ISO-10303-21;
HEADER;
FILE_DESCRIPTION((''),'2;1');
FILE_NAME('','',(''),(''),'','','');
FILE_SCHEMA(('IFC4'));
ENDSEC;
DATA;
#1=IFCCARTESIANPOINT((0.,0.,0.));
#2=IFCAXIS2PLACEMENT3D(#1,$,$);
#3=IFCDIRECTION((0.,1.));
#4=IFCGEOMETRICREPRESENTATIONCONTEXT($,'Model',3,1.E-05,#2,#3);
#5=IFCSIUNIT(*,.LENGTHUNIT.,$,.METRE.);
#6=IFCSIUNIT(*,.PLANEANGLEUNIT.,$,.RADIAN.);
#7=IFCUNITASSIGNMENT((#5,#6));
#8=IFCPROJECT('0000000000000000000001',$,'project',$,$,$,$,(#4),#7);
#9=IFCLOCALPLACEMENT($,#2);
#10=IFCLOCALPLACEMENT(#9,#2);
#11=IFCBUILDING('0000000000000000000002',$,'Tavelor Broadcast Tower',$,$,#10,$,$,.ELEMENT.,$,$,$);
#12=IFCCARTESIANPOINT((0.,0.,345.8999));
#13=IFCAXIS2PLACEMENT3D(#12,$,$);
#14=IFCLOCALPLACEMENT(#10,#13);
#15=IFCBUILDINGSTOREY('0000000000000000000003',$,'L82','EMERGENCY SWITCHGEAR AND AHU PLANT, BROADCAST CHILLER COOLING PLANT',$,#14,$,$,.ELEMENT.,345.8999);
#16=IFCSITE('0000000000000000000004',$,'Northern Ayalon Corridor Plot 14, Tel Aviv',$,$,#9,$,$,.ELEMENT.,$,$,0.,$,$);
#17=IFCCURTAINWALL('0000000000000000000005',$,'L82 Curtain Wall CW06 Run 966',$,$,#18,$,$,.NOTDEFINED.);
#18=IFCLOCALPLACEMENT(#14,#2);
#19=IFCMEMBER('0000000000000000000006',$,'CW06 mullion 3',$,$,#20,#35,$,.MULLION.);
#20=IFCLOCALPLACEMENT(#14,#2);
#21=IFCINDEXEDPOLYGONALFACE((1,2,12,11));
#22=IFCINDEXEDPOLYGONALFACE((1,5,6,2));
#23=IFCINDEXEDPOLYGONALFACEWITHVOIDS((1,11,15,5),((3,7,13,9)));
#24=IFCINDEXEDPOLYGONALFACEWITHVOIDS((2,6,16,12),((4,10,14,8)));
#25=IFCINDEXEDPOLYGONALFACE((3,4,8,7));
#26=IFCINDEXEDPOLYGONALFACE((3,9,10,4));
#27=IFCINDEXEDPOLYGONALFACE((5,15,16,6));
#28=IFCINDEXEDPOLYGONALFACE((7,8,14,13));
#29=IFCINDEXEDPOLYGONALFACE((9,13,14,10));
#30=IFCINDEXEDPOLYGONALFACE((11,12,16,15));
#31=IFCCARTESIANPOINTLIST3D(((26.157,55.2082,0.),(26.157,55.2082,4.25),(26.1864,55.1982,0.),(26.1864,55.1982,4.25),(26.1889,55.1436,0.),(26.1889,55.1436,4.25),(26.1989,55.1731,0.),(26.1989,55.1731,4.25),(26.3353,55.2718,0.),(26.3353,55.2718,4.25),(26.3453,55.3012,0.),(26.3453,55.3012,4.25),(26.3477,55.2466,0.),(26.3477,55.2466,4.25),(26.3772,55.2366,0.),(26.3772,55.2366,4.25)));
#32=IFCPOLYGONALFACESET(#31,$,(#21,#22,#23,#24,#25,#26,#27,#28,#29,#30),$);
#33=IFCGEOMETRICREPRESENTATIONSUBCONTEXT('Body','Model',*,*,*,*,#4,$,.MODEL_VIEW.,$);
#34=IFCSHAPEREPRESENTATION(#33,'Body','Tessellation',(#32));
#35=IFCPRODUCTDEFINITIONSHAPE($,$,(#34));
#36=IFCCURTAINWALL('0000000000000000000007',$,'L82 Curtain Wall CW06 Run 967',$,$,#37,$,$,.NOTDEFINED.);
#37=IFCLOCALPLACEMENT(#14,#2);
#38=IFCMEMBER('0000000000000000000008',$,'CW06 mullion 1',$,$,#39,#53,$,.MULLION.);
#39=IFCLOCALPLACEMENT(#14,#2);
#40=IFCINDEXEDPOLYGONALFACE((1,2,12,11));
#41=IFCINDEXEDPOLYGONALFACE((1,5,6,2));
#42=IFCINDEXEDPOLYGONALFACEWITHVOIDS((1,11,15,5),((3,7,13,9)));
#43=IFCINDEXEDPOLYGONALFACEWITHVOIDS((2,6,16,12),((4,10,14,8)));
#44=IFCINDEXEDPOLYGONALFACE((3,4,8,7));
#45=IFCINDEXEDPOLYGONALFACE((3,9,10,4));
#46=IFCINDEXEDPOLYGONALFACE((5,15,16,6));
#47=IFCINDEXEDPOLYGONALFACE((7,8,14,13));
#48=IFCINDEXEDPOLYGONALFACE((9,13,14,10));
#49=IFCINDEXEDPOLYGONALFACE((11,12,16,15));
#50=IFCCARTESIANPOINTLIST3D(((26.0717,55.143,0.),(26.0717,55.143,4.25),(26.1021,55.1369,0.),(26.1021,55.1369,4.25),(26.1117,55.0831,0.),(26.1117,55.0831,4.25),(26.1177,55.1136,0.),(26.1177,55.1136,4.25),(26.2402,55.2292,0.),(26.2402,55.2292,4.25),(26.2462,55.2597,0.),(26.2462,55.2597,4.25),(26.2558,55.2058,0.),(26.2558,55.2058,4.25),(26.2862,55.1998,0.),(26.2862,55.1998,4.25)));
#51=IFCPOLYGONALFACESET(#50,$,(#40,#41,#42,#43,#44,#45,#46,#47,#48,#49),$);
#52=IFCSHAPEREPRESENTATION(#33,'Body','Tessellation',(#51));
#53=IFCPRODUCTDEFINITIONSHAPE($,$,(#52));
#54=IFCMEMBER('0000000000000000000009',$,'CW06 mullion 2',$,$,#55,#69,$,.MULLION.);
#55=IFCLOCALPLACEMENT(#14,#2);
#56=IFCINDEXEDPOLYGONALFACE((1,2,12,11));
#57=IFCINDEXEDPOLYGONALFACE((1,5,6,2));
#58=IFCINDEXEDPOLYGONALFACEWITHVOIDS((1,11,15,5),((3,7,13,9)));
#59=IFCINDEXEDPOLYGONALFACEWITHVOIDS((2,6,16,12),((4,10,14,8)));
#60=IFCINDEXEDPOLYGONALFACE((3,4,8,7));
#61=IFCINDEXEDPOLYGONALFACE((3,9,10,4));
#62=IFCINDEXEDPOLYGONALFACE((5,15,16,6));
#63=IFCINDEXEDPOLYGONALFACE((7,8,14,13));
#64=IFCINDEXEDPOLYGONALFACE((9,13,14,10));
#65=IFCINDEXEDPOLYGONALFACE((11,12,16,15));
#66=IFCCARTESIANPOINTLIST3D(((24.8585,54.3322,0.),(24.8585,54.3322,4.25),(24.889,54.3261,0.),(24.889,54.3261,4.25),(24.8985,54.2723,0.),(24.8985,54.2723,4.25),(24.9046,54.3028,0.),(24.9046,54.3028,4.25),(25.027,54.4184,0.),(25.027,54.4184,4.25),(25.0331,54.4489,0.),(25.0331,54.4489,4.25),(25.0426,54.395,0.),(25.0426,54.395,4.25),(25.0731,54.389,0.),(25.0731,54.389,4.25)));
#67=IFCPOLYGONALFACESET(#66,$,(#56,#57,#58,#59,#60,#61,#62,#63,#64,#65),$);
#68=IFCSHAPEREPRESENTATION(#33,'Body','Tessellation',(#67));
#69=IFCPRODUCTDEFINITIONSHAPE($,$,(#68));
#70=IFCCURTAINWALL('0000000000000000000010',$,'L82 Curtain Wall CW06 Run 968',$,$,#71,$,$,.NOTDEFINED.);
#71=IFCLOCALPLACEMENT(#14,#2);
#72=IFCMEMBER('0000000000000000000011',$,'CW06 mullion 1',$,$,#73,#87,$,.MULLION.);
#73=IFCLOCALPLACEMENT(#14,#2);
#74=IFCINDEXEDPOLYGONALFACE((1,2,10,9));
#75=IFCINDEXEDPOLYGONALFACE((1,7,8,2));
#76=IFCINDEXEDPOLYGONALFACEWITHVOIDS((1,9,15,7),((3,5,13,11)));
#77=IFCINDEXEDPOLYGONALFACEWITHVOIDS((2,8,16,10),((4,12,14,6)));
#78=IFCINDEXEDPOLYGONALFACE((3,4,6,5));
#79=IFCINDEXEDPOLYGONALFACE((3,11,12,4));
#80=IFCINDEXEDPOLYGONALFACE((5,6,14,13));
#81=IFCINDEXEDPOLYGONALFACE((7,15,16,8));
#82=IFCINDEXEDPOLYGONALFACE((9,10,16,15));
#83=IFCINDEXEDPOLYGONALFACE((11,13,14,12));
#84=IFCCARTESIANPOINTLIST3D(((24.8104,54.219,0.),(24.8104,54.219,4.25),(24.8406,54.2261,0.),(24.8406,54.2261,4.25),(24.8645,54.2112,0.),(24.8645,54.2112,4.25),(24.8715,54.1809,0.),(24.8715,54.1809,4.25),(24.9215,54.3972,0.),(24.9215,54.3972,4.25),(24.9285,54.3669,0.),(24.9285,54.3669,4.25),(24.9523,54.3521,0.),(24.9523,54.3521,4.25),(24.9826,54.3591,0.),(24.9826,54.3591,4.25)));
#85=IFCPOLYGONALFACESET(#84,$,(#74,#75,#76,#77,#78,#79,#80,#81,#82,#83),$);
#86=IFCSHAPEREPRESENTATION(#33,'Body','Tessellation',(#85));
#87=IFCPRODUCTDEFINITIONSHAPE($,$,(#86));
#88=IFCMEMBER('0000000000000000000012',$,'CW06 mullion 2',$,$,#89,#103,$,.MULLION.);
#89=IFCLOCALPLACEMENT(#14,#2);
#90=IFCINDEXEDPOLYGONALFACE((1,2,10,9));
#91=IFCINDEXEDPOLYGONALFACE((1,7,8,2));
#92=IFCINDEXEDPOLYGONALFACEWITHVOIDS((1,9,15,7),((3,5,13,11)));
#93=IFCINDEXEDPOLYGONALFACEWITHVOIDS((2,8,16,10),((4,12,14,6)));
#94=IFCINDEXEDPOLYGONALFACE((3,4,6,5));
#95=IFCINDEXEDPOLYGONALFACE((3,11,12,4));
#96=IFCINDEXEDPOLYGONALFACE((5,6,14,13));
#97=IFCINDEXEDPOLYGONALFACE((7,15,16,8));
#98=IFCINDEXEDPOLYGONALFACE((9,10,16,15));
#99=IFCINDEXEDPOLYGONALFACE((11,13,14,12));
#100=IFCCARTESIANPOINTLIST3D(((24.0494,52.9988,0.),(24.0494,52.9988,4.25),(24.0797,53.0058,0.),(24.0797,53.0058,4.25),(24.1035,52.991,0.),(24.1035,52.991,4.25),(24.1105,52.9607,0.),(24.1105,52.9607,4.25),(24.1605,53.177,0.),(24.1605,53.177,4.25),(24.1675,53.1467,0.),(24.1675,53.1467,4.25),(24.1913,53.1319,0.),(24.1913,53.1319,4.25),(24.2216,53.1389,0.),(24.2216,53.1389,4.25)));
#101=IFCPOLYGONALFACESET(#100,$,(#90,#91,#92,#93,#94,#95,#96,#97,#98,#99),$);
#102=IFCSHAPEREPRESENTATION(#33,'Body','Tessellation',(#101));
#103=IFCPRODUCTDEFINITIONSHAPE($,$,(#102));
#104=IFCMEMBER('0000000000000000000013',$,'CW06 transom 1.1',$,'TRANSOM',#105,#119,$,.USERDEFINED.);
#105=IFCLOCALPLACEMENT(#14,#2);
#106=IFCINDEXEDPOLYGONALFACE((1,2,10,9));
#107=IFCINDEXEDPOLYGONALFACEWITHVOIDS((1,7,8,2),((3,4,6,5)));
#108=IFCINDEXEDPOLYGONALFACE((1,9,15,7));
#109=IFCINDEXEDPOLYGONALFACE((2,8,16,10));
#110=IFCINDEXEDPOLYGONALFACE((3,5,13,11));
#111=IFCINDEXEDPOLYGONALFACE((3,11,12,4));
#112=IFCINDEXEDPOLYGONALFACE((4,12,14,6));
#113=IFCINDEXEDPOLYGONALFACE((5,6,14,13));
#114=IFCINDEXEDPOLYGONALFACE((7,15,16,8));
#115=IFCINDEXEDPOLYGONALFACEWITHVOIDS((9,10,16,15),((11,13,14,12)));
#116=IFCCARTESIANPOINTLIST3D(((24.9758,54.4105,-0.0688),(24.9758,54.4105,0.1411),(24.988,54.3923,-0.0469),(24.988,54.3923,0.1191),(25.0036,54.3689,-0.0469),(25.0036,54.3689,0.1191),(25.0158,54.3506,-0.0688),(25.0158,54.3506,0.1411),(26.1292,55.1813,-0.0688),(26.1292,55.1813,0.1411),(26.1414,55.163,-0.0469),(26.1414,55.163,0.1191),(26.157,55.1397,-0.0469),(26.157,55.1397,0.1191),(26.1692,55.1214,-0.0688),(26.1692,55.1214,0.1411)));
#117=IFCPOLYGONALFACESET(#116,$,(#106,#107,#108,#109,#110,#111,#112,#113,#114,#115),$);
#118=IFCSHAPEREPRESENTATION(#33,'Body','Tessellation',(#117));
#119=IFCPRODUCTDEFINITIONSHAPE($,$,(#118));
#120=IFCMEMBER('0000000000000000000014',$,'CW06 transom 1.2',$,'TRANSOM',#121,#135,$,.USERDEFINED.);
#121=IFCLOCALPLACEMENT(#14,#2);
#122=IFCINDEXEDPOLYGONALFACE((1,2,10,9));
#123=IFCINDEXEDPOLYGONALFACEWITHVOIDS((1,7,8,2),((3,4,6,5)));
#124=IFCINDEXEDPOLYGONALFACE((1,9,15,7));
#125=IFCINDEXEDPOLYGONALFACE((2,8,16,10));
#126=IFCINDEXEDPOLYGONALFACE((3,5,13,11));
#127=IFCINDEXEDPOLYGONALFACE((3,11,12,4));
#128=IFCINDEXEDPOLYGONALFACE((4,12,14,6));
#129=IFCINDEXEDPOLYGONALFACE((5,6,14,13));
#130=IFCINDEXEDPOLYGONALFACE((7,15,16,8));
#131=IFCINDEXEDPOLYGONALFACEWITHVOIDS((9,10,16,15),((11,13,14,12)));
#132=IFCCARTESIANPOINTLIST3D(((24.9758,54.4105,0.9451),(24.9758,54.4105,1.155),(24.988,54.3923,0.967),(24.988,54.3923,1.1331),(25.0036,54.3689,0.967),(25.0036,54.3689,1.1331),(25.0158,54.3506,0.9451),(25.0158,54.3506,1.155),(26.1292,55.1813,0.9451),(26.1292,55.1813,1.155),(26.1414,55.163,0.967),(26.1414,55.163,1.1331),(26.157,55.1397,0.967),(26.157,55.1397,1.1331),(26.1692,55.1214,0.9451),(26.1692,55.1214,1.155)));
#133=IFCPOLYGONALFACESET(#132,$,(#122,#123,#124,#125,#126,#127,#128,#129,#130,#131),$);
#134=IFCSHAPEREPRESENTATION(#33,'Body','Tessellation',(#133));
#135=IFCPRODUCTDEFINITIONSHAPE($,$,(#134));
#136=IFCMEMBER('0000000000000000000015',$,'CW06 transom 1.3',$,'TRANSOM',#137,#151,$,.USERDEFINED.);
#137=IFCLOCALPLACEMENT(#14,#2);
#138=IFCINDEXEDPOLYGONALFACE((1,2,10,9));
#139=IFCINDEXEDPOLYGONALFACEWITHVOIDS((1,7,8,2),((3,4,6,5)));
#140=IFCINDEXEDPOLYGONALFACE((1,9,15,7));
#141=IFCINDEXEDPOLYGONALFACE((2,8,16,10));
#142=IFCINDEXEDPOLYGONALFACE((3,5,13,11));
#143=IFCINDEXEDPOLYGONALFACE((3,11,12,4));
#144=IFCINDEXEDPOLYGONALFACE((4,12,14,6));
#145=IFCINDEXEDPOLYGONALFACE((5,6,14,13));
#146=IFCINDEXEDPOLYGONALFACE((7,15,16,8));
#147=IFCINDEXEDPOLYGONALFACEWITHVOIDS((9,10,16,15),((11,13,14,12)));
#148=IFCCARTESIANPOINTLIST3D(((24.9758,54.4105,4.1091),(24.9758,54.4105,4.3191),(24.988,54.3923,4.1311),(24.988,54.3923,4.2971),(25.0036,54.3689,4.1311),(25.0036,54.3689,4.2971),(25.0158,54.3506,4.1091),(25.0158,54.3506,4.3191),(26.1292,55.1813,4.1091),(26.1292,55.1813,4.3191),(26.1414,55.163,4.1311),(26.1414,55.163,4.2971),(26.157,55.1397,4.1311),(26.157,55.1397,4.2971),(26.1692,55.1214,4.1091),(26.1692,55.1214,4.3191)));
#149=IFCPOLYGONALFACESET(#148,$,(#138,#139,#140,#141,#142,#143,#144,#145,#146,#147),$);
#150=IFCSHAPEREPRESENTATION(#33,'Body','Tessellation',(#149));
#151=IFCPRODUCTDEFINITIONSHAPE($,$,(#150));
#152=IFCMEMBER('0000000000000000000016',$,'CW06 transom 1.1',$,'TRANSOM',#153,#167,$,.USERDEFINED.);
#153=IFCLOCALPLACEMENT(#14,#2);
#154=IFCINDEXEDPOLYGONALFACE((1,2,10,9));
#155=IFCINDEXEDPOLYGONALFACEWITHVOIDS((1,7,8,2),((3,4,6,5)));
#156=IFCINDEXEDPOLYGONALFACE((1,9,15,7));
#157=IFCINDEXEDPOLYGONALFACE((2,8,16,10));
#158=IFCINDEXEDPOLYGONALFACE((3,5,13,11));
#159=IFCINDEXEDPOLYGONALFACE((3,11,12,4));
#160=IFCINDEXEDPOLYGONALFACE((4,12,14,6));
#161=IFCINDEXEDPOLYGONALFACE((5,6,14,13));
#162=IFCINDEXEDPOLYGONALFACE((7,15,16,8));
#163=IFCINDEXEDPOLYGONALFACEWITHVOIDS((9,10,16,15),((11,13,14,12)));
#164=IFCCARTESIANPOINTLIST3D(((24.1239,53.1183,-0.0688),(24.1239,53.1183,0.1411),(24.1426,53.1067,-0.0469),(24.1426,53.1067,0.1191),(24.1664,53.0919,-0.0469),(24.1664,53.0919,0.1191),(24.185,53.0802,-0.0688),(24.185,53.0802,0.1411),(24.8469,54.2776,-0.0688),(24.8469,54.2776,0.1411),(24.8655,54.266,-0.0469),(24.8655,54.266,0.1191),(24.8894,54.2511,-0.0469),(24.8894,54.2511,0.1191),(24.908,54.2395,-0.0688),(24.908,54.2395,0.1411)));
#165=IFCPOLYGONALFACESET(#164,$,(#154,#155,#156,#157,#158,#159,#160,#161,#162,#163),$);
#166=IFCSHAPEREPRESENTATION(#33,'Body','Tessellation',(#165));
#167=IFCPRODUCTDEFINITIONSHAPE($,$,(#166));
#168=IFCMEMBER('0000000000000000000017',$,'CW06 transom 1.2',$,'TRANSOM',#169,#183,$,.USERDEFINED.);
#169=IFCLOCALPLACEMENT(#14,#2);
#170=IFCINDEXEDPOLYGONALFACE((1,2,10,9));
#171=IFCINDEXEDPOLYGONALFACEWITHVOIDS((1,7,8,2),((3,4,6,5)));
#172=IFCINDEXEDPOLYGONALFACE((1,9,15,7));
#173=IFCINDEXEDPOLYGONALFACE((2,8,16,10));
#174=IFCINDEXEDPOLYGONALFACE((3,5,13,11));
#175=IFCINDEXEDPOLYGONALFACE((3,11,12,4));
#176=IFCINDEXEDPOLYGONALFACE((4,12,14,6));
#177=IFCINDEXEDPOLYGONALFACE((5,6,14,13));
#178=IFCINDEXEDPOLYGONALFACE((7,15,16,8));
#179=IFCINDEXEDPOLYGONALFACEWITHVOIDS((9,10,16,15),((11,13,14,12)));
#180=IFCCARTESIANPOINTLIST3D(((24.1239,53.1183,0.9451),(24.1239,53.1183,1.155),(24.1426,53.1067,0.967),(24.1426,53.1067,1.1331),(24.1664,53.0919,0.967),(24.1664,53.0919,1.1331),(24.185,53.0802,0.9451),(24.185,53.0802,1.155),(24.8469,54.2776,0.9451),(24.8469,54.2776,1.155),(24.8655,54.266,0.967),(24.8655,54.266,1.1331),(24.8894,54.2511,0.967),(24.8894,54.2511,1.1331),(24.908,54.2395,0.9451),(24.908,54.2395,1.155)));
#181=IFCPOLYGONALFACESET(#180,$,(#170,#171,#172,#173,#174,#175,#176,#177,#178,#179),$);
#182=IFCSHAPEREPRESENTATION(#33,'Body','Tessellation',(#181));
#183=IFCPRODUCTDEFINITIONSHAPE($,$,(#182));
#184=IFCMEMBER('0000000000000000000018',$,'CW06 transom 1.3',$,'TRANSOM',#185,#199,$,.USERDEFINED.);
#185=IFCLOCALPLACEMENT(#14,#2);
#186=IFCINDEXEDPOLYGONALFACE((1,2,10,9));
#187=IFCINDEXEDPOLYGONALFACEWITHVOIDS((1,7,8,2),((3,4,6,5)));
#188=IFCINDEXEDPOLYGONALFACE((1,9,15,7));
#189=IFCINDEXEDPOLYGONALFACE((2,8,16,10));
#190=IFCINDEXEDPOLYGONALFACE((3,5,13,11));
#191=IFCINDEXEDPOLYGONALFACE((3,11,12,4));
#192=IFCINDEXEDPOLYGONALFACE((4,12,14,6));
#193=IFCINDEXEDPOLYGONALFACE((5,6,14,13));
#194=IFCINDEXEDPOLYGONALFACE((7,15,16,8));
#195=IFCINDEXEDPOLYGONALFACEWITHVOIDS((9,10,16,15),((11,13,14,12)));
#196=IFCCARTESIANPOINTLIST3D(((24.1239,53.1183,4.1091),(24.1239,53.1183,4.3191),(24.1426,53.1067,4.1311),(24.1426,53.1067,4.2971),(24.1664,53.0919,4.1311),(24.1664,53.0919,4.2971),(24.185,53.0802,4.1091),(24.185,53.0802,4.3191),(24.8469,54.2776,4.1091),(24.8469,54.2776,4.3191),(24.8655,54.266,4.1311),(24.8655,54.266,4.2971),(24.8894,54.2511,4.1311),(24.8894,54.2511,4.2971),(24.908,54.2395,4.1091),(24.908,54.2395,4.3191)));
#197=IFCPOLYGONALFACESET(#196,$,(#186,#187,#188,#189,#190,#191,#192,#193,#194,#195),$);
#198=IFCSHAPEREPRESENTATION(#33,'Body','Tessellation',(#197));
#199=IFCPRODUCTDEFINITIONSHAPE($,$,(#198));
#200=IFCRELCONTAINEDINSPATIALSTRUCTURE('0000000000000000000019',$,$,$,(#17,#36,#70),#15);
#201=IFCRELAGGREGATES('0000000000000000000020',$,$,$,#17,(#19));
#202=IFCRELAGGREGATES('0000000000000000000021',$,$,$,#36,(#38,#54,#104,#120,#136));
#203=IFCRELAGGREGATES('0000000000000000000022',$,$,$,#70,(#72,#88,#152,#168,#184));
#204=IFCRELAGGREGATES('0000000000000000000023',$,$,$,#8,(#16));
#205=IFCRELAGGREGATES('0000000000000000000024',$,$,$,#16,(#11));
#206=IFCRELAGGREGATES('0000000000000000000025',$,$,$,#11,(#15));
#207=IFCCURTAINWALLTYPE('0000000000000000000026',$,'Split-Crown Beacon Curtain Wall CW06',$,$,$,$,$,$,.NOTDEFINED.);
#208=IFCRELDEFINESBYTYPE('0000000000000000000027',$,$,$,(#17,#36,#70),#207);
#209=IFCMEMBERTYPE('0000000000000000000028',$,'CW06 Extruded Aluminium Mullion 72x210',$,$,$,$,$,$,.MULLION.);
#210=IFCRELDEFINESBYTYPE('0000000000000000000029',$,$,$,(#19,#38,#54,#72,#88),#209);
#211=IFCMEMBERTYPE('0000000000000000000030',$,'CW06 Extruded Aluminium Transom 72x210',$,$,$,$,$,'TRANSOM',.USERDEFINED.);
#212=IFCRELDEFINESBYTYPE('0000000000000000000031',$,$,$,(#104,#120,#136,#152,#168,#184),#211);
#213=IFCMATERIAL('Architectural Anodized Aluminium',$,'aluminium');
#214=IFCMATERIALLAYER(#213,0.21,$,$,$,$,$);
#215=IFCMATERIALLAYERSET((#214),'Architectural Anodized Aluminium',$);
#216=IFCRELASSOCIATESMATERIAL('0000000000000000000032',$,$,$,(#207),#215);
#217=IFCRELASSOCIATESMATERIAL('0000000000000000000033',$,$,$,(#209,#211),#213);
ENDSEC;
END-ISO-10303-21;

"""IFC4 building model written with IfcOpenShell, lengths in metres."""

from ifc_helpers import new_model, si_unit, direction, frame, origin, origin_2d, place, context, subcontext, project, spatial, hollow_rectangle, extrude, source, transform, mapped, material, layer, layer_set, material_profile, profile_set, type_object, type_shapes, element, aggregate, save


model = new_model("IFC4")

# Units and contexts
model_context = context("Model", 3, precision=1e-05, world=origin(), true_north=direction((0.0, 1.0)))
body_context = subcontext(model_context, "Body", "Model", "MODEL_VIEW")
ifc_project = project(units=[si_unit("LENGTHUNIT", "METRE"), si_unit("PLANEANGLEUNIT", "RADIAN")], contexts=[model_context])

# Site, building, storey
site_placement = place(None, origin())
site = spatial("IfcSite", under=ifc_project, at=site_placement, Name="Northern Ayalon Corridor Plot 14, Tel Aviv", CompositionType="ELEMENT", RefElevation=0.0)
building_placement = place(site_placement, origin())
building = spatial("IfcBuilding", under=site, at=building_placement, Name="Tavelor Broadcast Tower", CompositionType="ELEMENT")
storey_placement = place(building_placement, frame((0.0, 0.0, 345.8999)))
storey = spatial("IfcBuildingStorey", under=building, at=storey_placement, Name="L82", Description="EMERGENCY SWITCHGEAR AND AHU PLANT, BROADCAST CHILLER COOLING PLANT", CompositionType="ELEMENT", Elevation=345.8999)

# Curtain wall, member
ifc_material_1 = material(Name="Architectural Anodized Aluminium", Category="aluminium")
ifc_layer_1 = layer(ifc_material_1, 0.21)
ifc_layer_set_1 = layer_set([ifc_layer_1], Name="Architectural Anodized Aluminium")
curtain_wall_type = type_object("IfcCurtainWallType", Name="Split-Crown Beacon Curtain Wall CW06", PredefinedType="NOTDEFINED", material=ifc_layer_set_1)
curtain_wall_1_placement = place(storey_placement, origin())
curtain_wall_1 = element("IfcCurtainWall", 1, at=curtain_wall_1_placement, inside=storey, type_object=curtain_wall_type, Name="L82 Curtain Wall CW06 Run 966", PredefinedType="NOTDEFINED")
ifc_material_profile_1 = material_profile(ifc_material_1, hollow_rectangle(XDim=0.072, YDim=0.21, WallThickness=0.022, at=origin_2d()), Name="RHS 72x210x22")
ifc_profile_set_1 = profile_set([ifc_material_profile_1], Name="Architectural Anodized Aluminium")
member_type_1 = type_object("IfcMemberType", Name="CW06 Extruded Aluminium Mullion 72x210", PredefinedType="MULLION", material=ifc_profile_set_1)
shared_shape_1 = source(origin(), body_context, "Body", "SweptSolid", [
    extrude(hollow_rectangle(XDim=0.072, YDim=0.21, WallThickness=0.022, at=origin_2d()), origin(), (0.0, 0.0, 1.0), 4.25),
])
type_shapes(member_type_1, [shared_shape_1])
member_1_placement = place(storey_placement, frame((26.2671, 55.2224, 0.0), z_axis=(0.0, 0.0, 1.0), x_axis=(0.442742, -0.896649, 0.0)))
member_1 = element("IfcMember", 2, at=member_1_placement, type_object=member_type_1, Name="CW06 mullion 3", PredefinedType="MULLION", context=body_context, shape_type="MappedRepresentation", body=[
    mapped(shared_shape_1, transform((0.0, 0.0, 0.0), scale=1.0)),
])
aggregate(curtain_wall_1, [member_1])

# Curtain walls, members
curtain_wall_2_placement = place(storey_placement, origin())
curtain_wall_2 = element("IfcCurtainWall", 3, at=curtain_wall_2_placement, inside=storey, type_object=curtain_wall_type, Name="L82 Curtain Wall CW06 Run 967", PredefinedType="NOTDEFINED")
member_2_placement = place(storey_placement, frame((26.179, 55.1714, 0.0), z_axis=(0.0, 0.0, 1.0), x_axis=(0.555589, -0.831457, 0.0)))
member_2 = element("IfcMember", 4, at=member_2_placement, type_object=member_type_1, Name="CW06 mullion 1", PredefinedType="MULLION", context=body_context, shape_type="MappedRepresentation", body=[
    mapped(shared_shape_1, transform((0.0, 0.0, 0.0), scale=1.0)),
])
member_3_placement = place(storey_placement, frame((24.9658, 54.3606, 0.0), z_axis=(0.0, 0.0, 1.0), x_axis=(0.555589, -0.831457, 0.0)))
member_3 = element("IfcMember", 5, at=member_3_placement, type_object=member_type_1, Name="CW06 mullion 2", PredefinedType="MULLION", context=body_context, shape_type="MappedRepresentation", body=[
    mapped(shared_shape_1, transform((0.0, 0.0, 0.0), scale=1.0)),
])
curtain_wall_3_placement = place(storey_placement, origin())
curtain_wall_3 = element("IfcCurtainWall", 6, at=curtain_wall_3_placement, inside=storey, type_object=curtain_wall_type, Name="L82 Curtain Wall CW06 Run 968", PredefinedType="NOTDEFINED")
member_4_placement = place(storey_placement, frame((24.8965, 54.2891, 0.0), z_axis=(0.0, 0.0, 1.0), x_axis=(0.848526, -0.529153, 0.0)))
member_4 = element("IfcMember", 7, at=member_4_placement, type_object=member_type_1, Name="CW06 mullion 1", PredefinedType="MULLION", context=body_context, shape_type="MappedRepresentation", body=[
    mapped(shared_shape_1, transform((0.0, 0.0, 0.0), scale=1.0)),
])
member_5_placement = place(storey_placement, frame((24.1355, 53.0688, 0.0), z_axis=(0.0, 0.0, 1.0), x_axis=(0.848526, -0.529153, 0.0)))
member_5 = element("IfcMember", 8, at=member_5_placement, type_object=member_type_1, Name="CW06 mullion 2", PredefinedType="MULLION", context=body_context, shape_type="MappedRepresentation", body=[
    mapped(shared_shape_1, transform((0.0, 0.0, 0.0), scale=1.0)),
])

# Members
ifc_material_profile_2 = material_profile(ifc_material_1, hollow_rectangle(XDim=0.072, YDim=0.21, WallThickness=0.022, at=origin_2d()), Name="RHS 72x210x22")
ifc_profile_set_2 = profile_set([ifc_material_profile_2], Name="Architectural Anodized Aluminium")
member_type_2 = type_object("IfcMemberType", Name="CW06 Extruded Aluminium Transom 72x210", ElementType="TRANSOM", PredefinedType="USERDEFINED", material=ifc_profile_set_2)
shared_shape_2 = source(origin(), body_context, "Body", "SweptSolid", [
    extrude(hollow_rectangle(XDim=0.072, YDim=0.21, WallThickness=0.022, at=origin_2d()), origin(), (0.0, 0.0, 1.0), 1.3872),
])
member_6_placement = place(storey_placement, frame((26.1492, 55.1514, 0.0361), z_axis=(-0.831427, -0.555634, 0.0), x_axis=(0.555634, -0.831427, 0.0)))
member_6 = element("IfcMember", 9, at=member_6_placement, type_object=member_type_2, Name="CW06 transom 1.1", ObjectType="TRANSOM", PredefinedType="USERDEFINED", context=body_context, shape_type="MappedRepresentation", body=[
    mapped(shared_shape_2, transform((0.0, 0.0, 0.0), scale=1.0)),
])
member_7_placement = place(storey_placement, frame((26.1492, 55.1514, 1.05), z_axis=(-0.831427, -0.555634, 0.0), x_axis=(0.555634, -0.831427, 0.0)))
member_7 = element("IfcMember", 10, at=member_7_placement, type_object=member_type_2, Name="CW06 transom 1.2", ObjectType="TRANSOM", PredefinedType="USERDEFINED", context=body_context, shape_type="MappedRepresentation", body=[
    mapped(shared_shape_2, transform((0.0, 0.0, 0.0), scale=1.0)),
])
member_8_placement = place(storey_placement, frame((26.1492, 55.1514, 4.2141), z_axis=(-0.831427, -0.555634, 0.0), x_axis=(0.555634, -0.831427, 0.0)))
member_8 = element("IfcMember", 11, at=member_8_placement, type_object=member_type_2, Name="CW06 transom 1.3", ObjectType="TRANSOM", PredefinedType="USERDEFINED", context=body_context, shape_type="MappedRepresentation", body=[
    mapped(shared_shape_2, transform((0.0, 0.0, 0.0), scale=1.0)),
])
shared_shape_3 = source(origin(), body_context, "Body", "SweptSolid", [
    extrude(hollow_rectangle(XDim=0.072, YDim=0.21, WallThickness=0.022, at=origin_2d()), origin(), (0.0, 0.0, 1.0), 1.3662),
])
type_shapes(member_type_2, [shared_shape_2, shared_shape_3])
member_9_placement = place(storey_placement, frame((24.8774, 54.2585, 0.0361), z_axis=(-0.529163, -0.84852, 0.0), x_axis=(0.84852, -0.529163, 0.0)))
member_9 = element("IfcMember", 12, at=member_9_placement, type_object=member_type_2, Name="CW06 transom 1.1", ObjectType="TRANSOM", PredefinedType="USERDEFINED", context=body_context, shape_type="MappedRepresentation", body=[
    mapped(shared_shape_3, transform((0.0, 0.0, 0.0), scale=1.0)),
])
member_10_placement = place(storey_placement, frame((24.8774, 54.2585, 1.05), z_axis=(-0.529163, -0.84852, 0.0), x_axis=(0.84852, -0.529163, 0.0)))
member_10 = element("IfcMember", 13, at=member_10_placement, type_object=member_type_2, Name="CW06 transom 1.2", ObjectType="TRANSOM", PredefinedType="USERDEFINED", context=body_context, shape_type="MappedRepresentation", body=[
    mapped(shared_shape_3, transform((0.0, 0.0, 0.0), scale=1.0)),
])
member_11_placement = place(storey_placement, frame((24.8774, 54.2585, 4.2141), z_axis=(-0.529163, -0.84852, 0.0), x_axis=(0.84852, -0.529163, 0.0)))
member_11 = element("IfcMember", 14, at=member_11_placement, type_object=member_type_2, Name="CW06 transom 1.3", ObjectType="TRANSOM", PredefinedType="USERDEFINED", context=body_context, shape_type="MappedRepresentation", body=[
    mapped(shared_shape_3, transform((0.0, 0.0, 0.0), scale=1.0)),
])

aggregate(curtain_wall_2, [member_2, member_3, member_6, member_7, member_8])
aggregate(curtain_wall_3, [member_4, member_5, member_9, member_10, member_11])

save(model, "model.ifc")
